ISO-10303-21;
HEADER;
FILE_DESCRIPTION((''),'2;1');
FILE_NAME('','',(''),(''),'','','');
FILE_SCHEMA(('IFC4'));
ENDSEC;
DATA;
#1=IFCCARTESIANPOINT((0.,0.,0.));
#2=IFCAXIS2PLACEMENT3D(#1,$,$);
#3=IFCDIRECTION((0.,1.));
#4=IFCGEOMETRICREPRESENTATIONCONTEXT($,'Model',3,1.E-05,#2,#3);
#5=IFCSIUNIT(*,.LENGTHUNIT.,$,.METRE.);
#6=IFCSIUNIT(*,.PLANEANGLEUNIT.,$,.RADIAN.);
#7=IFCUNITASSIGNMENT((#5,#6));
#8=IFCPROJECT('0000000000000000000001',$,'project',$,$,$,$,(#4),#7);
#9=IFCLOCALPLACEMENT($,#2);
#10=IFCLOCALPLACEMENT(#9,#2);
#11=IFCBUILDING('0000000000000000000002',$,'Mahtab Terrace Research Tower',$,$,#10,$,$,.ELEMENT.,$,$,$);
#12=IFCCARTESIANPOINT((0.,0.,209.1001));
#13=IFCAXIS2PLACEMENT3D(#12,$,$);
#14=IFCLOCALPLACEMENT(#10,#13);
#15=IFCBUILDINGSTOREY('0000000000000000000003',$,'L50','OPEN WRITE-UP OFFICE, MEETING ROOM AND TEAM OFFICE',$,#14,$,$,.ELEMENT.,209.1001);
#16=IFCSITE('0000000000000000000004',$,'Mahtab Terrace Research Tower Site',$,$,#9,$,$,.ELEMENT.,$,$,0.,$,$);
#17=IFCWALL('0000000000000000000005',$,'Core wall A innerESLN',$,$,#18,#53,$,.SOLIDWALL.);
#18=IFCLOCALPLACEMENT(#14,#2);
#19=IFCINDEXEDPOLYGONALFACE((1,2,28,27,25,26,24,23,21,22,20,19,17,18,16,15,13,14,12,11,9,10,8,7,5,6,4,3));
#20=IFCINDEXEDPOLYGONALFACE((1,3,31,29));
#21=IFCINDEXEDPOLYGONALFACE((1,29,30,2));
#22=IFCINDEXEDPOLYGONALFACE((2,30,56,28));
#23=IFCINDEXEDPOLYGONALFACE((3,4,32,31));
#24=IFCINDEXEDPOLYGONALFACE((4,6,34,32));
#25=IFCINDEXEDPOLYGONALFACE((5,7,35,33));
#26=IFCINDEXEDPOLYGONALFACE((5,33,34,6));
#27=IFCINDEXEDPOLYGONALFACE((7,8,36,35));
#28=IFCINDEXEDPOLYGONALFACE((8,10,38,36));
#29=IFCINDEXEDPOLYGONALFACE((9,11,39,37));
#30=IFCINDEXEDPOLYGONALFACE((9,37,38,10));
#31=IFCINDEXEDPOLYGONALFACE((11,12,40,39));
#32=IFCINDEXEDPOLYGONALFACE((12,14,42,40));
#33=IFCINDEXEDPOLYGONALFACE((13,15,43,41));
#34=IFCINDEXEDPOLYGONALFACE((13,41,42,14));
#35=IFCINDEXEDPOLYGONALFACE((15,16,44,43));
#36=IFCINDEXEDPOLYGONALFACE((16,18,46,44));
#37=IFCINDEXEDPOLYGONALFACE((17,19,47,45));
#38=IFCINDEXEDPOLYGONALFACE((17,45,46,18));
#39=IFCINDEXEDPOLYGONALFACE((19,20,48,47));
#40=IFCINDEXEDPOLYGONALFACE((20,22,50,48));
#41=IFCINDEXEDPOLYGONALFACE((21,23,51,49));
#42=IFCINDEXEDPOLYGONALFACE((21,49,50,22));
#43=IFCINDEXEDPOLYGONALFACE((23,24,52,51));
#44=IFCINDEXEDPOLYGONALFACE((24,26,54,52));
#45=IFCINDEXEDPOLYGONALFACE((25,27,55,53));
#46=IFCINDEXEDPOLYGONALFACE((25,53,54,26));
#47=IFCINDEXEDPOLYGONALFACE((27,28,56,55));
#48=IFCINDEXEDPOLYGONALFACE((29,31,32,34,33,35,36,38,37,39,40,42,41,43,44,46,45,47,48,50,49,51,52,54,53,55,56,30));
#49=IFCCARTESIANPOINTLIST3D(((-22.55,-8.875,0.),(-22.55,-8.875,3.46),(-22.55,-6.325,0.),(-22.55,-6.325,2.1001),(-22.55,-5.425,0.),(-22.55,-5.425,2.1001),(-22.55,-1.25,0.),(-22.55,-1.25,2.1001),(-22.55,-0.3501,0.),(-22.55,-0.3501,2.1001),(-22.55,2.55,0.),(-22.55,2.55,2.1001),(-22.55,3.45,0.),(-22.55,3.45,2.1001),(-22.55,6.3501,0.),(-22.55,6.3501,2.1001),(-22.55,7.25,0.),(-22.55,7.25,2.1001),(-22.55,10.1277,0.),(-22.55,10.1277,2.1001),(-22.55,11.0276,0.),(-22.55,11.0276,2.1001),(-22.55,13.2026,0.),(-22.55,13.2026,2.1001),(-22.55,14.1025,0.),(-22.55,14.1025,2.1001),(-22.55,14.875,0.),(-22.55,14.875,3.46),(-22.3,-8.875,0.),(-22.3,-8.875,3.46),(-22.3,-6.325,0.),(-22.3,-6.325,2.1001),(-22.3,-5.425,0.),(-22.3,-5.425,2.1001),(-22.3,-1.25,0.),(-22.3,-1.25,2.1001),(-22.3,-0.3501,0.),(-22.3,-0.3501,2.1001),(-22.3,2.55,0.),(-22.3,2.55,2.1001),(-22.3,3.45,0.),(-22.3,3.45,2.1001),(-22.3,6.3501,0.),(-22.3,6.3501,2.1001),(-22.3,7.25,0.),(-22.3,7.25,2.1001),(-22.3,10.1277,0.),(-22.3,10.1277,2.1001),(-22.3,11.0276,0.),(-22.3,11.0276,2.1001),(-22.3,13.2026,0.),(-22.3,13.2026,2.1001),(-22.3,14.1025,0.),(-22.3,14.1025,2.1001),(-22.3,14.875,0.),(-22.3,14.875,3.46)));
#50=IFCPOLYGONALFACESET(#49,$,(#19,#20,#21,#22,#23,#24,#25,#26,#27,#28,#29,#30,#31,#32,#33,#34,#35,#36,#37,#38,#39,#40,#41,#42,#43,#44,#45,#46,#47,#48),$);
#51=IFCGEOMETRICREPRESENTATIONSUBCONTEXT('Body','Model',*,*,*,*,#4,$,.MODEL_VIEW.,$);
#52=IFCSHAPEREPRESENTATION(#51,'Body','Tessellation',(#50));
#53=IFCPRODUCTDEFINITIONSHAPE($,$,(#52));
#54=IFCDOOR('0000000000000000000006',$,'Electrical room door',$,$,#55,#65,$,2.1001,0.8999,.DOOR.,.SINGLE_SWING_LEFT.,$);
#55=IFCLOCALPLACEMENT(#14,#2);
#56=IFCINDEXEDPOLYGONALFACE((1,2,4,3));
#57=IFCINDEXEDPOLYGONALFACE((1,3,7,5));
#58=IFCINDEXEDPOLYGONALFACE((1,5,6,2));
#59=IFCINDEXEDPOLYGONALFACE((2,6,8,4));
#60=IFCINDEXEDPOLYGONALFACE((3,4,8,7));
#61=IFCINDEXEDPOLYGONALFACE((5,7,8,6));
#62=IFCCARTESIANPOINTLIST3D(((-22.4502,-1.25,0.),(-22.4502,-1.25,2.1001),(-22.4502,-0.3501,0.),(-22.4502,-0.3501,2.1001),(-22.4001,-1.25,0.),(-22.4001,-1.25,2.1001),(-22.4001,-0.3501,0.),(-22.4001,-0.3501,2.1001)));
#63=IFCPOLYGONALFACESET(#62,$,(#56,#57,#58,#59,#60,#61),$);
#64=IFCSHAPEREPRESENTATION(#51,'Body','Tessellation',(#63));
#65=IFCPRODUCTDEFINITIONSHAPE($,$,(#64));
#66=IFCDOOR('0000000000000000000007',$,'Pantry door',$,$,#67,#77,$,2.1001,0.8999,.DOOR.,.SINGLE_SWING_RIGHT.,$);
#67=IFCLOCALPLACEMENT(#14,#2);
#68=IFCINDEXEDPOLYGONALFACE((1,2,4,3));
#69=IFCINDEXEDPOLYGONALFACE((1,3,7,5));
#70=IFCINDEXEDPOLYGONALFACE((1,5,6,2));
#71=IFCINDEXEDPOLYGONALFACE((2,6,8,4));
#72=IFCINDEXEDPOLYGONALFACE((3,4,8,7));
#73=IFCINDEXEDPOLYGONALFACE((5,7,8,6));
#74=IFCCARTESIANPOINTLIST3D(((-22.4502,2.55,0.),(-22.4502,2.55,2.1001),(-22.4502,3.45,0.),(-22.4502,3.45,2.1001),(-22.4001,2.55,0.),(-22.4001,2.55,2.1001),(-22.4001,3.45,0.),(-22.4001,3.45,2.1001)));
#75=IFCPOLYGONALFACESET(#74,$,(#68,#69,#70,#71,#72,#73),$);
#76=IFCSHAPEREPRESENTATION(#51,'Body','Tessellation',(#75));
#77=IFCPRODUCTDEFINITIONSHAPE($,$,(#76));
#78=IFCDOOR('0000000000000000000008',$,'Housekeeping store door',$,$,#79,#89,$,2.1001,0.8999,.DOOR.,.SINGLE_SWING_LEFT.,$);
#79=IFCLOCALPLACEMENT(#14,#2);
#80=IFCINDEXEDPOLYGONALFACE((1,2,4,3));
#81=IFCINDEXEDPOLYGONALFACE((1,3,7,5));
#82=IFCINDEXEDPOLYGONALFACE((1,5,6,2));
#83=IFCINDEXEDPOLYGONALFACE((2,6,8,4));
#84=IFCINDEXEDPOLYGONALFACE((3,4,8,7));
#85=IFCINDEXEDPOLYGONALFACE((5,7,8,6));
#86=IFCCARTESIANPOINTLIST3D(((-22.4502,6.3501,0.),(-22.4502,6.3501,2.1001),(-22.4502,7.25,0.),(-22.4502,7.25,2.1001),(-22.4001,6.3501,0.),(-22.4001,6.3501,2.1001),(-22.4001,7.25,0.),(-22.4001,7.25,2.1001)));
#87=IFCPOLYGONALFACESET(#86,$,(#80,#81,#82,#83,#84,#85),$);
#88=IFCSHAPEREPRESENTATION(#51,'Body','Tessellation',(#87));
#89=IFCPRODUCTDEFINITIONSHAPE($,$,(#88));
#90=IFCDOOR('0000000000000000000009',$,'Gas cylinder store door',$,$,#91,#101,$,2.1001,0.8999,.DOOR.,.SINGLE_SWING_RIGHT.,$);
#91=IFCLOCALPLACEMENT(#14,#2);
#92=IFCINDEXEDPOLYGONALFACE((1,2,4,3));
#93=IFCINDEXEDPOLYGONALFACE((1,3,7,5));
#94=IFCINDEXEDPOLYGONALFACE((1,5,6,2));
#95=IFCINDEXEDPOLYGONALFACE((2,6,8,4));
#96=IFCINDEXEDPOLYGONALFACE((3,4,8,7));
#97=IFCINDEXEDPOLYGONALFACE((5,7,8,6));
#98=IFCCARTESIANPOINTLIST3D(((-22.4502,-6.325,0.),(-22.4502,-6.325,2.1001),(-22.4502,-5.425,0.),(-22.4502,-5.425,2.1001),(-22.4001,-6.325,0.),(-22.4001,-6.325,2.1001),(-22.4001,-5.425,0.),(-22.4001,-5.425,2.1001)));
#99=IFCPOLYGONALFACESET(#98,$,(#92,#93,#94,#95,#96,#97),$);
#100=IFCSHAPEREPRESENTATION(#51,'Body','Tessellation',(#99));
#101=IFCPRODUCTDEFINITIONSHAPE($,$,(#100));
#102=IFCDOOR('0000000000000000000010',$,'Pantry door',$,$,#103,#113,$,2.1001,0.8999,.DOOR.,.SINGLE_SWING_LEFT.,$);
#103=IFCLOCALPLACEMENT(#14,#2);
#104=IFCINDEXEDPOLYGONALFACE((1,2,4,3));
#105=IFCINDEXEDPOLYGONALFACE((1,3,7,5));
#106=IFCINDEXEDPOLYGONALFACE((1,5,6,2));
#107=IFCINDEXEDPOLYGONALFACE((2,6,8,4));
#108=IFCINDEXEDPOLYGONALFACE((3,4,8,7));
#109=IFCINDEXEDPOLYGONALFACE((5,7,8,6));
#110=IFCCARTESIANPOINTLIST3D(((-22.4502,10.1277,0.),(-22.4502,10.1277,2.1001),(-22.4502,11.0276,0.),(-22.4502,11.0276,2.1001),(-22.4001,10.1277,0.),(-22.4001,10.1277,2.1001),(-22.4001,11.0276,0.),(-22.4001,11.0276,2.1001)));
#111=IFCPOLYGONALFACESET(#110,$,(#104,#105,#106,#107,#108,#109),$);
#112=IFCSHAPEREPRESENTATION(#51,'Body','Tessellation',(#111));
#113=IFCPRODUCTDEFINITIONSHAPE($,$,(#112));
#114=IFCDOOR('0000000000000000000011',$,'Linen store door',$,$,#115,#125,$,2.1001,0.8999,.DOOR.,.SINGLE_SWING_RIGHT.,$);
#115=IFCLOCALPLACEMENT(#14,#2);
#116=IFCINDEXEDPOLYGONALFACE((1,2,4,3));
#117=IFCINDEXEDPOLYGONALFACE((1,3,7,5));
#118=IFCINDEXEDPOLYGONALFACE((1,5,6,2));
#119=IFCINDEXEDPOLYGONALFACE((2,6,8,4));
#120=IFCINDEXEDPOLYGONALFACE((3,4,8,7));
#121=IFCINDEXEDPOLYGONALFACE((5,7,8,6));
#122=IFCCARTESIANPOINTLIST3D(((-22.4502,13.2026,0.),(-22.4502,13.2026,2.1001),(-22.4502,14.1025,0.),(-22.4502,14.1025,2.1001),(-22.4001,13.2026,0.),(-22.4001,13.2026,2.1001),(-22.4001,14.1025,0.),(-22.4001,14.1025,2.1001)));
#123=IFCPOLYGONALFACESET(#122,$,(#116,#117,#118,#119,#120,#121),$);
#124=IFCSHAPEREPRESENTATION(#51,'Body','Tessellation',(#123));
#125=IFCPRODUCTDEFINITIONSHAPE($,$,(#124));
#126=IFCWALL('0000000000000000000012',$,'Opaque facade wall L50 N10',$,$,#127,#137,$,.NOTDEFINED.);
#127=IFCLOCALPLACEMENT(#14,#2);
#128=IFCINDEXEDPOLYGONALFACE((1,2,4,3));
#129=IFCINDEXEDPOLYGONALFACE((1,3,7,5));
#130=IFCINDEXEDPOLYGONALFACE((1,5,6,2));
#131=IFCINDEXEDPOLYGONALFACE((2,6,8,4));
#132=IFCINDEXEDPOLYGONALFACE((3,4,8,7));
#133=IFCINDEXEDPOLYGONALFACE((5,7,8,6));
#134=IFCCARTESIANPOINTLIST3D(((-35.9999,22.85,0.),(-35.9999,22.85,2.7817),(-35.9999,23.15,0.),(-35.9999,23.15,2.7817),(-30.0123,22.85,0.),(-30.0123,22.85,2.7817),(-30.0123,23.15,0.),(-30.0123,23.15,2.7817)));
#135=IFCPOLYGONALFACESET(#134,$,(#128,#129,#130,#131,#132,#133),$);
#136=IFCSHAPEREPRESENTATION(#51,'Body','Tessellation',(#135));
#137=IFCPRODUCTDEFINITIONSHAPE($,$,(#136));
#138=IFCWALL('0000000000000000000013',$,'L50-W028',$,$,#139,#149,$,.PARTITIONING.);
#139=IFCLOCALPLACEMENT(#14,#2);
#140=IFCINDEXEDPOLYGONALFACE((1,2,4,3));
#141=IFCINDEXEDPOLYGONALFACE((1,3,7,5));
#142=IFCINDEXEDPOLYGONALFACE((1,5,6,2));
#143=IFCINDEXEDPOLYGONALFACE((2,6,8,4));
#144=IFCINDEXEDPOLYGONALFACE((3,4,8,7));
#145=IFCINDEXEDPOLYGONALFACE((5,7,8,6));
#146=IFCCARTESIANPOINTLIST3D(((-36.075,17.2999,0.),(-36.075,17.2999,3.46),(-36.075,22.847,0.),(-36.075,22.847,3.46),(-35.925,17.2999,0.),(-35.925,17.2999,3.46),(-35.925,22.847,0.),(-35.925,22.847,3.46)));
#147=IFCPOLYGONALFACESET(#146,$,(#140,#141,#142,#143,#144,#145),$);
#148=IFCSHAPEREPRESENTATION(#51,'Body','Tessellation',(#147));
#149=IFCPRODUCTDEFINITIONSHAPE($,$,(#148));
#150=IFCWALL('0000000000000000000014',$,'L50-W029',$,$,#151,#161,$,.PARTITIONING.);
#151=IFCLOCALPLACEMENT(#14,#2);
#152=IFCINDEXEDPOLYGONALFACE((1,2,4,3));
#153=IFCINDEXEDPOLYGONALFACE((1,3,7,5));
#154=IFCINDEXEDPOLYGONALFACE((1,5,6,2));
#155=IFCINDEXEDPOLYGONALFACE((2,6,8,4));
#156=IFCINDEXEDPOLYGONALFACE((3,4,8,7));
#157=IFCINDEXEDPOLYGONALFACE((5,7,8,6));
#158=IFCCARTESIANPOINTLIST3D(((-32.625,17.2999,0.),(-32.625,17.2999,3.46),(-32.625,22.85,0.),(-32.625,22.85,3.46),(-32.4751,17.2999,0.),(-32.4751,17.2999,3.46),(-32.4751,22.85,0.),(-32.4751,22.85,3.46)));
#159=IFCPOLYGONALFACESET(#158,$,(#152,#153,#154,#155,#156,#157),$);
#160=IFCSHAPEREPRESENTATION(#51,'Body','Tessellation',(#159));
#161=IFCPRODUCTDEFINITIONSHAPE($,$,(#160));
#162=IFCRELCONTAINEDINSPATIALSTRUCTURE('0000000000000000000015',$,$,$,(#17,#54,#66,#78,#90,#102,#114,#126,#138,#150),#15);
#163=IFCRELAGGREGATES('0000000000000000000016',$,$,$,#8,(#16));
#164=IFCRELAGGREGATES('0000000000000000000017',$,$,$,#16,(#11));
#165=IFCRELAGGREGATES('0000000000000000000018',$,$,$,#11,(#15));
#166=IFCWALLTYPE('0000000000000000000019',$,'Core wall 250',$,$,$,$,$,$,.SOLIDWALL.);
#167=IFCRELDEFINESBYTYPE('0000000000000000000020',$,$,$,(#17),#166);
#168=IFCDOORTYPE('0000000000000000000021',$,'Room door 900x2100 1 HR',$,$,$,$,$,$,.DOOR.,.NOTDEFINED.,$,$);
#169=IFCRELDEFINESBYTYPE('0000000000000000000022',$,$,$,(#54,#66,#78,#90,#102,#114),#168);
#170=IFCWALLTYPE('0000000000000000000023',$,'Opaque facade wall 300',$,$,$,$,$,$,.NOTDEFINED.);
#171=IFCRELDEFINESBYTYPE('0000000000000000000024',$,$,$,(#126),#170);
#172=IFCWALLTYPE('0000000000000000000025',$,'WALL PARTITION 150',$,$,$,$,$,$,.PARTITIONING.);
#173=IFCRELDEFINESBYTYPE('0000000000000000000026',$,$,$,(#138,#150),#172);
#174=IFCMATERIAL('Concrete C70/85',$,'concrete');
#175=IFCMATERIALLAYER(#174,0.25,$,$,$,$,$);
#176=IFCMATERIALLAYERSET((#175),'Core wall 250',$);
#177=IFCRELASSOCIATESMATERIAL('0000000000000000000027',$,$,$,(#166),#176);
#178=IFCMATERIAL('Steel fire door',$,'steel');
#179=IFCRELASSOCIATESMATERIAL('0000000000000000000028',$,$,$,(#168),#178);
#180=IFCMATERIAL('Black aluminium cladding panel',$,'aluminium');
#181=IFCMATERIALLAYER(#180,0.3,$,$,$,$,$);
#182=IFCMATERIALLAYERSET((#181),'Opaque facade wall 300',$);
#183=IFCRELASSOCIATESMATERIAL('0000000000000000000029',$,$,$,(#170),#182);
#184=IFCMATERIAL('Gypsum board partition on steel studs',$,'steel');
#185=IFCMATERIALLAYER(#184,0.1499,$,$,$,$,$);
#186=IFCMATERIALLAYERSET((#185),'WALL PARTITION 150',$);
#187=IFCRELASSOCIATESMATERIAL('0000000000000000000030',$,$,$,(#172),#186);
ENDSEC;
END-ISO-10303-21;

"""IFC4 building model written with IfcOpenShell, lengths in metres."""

from ifc_helpers import new_model, si_unit, direction, frame, frame_2d, origin, place, context, subcontext, project, spatial, rectangle, extrude, material, layer, layer_set, type_object, element, fill, save


model = new_model("IFC4")

# Units and contexts
model_context = context("Model", 3, precision=1e-05, world=origin(), true_north=direction((0.0, 1.0)))
body_context = subcontext(model_context, "Body", "Model", "MODEL_VIEW")
ifc_project = project(units=[si_unit("LENGTHUNIT", "METRE"), si_unit("PLANEANGLEUNIT", "RADIAN")], contexts=[model_context])

# Site, building, storey
site_placement = place(None, origin())
site = spatial("IfcSite", under=ifc_project, at=site_placement, Name="Mahtab Terrace Research Tower Site", CompositionType="ELEMENT", RefElevation=0.0)
building_placement = place(site_placement, origin())
building = spatial("IfcBuilding", under=site, at=building_placement, Name="Mahtab Terrace Research Tower", CompositionType="ELEMENT")
storey_placement = place(building_placement, frame((0.0, 0.0, 209.1001)))
storey = spatial("IfcBuildingStorey", under=building, at=storey_placement, Name="L50", Description="OPEN WRITE-UP OFFICE, MEETING ROOM AND TEAM OFFICE", CompositionType="ELEMENT", Elevation=209.1001)

# Shared definitions
ifc_material_1 = material(Name="Concrete C70/85", Category="concrete")
ifc_layer_1 = layer(ifc_material_1, 0.25)
ifc_layer_set_1 = layer_set([ifc_layer_1], Name="Core wall 250")
wall_type_1 = type_object("IfcWallType", Name="Core wall 250", PredefinedType="SOLIDWALL", material=ifc_layer_set_1)

# Shared definitions
ifc_material_2 = material(Name="Steel fire door", Category="steel")

# Wall, openings, doors
wall_1_placement = place(storey_placement, frame((-22.425, 14.875, 0.0), z_axis=(0.0, 0.0, 1.0), x_axis=(0.0, -1.0, 0.0)))
wall_1 = element("IfcWall", 1, at=wall_1_placement, inside=storey, type_object=wall_type_1, Name="Core wall A innerESLN", PredefinedType="SOLIDWALL", context=body_context, shape_type="SweptSolid", body=[
    extrude(rectangle(XDim=23.75, YDim=0.25, at=frame_2d((11.875, 0.0))), origin(), (0.0, 0.0, 1.0), 3.46),
])
opening_1_placement = place(wall_1_placement, frame((15.2251, 0.0, 0.0)))
opening_1 = element("IfcOpeningElement", 2, at=opening_1_placement, cuts=wall_1, PredefinedType="OPENING", context=body_context, shape_type="SweptSolid", body=[
    extrude(rectangle(XDim=0.8999, YDim=2.1001, at=frame_2d((0.45, 1.05))), frame((0.0, 0.135, 0.0), z_axis=(0.0, -1.0, 0.0), x_axis=(1.0, 0.0, 0.0)), (0.0, 0.0, 1.0), 0.27),
])
opening_2_placement = place(wall_1_placement, frame((11.425, 0.0, 0.0)))
opening_2 = element("IfcOpeningElement", 3, at=opening_2_placement, cuts=wall_1, PredefinedType="OPENING", context=body_context, shape_type="SweptSolid", body=[
    extrude(rectangle(XDim=0.8999, YDim=2.1001, at=frame_2d((0.45, 1.05))), frame((0.0, 0.135, 0.0), z_axis=(0.0, -1.0, 0.0), x_axis=(1.0, 0.0, 0.0)), (0.0, 0.0, 1.0), 0.27),
])
opening_3_placement = place(wall_1_placement, frame((7.625, 0.0, 0.0)))
opening_3 = element("IfcOpeningElement", 4, at=opening_3_placement, cuts=wall_1, PredefinedType="OPENING", context=body_context, shape_type="SweptSolid", body=[
    extrude(rectangle(XDim=0.8999, YDim=2.1001, at=frame_2d((0.45, 1.05))), frame((0.0, 0.135, 0.0), z_axis=(0.0, -1.0, 0.0), x_axis=(1.0, 0.0, 0.0)), (0.0, 0.0, 1.0), 0.27),
])
opening_4_placement = place(wall_1_placement, frame((20.3, 0.0, 0.0)))
opening_4 = element("IfcOpeningElement", 5, at=opening_4_placement, cuts=wall_1, PredefinedType="OPENING", context=body_context, shape_type="SweptSolid", body=[
    extrude(rectangle(XDim=0.8999, YDim=2.1001, at=frame_2d((0.45, 1.05))), frame((0.0, 0.135, 0.0), z_axis=(0.0, -1.0, 0.0), x_axis=(1.0, 0.0, 0.0)), (0.0, 0.0, 1.0), 0.27),
])
opening_5_placement = place(wall_1_placement, frame((3.8474, 0.0, 0.0)))
opening_5 = element("IfcOpeningElement", 6, at=opening_5_placement, cuts=wall_1, PredefinedType="OPENING", context=body_context, shape_type="SweptSolid", body=[
    extrude(rectangle(XDim=0.8999, YDim=2.1001, at=frame_2d((0.45, 1.05))), frame((0.0, 0.135, 0.0), z_axis=(0.0, -1.0, 0.0), x_axis=(1.0, 0.0, 0.0)), (0.0, 0.0, 1.0), 0.27),
])
opening_6_placement = place(wall_1_placement, frame((0.7725, 0.0, 0.0)))
opening_6 = element("IfcOpeningElement", 7, at=opening_6_placement, cuts=wall_1, PredefinedType="OPENING", context=body_context, shape_type="SweptSolid", body=[
    extrude(rectangle(XDim=0.8999, YDim=2.1001, at=frame_2d((0.45, 1.05))), frame((0.0, 0.135, 0.0), z_axis=(0.0, -1.0, 0.0), x_axis=(1.0, 0.0, 0.0)), (0.0, 0.0, 1.0), 0.27),
])
door_type_1 = type_object("IfcDoorType", Name="Room door 900x2100 1 HR", OperationType="NOTDEFINED", PredefinedType="DOOR", material=ifc_material_2)
door_1_placement = place(opening_1_placement, origin())
door_1 = element("IfcDoor", 8, at=door_1_placement, inside=storey, type_object=door_type_1, Name="Electrical room door", OperationType="SINGLE_SWING_LEFT", OverallHeight=2.1001, OverallWidth=0.8999, PredefinedType="DOOR", context=body_context, shape_type="SweptSolid", body=[
    extrude(rectangle(XDim=0.8999, YDim=2.1001, at=frame_2d((0.45, 1.05))), frame((0.0, 0.0249, 0.0), z_axis=(0.0, -1.0, 0.0), x_axis=(1.0, 0.0, 0.0)), (0.0, 0.0, 1.0), 0.05),
])
fill(opening_1, door_1)
door_2_placement = place(opening_2_placement, origin())
door_2 = element("IfcDoor", 9, at=door_2_placement, inside=storey, type_object=door_type_1, Name="Pantry door", OperationType="SINGLE_SWING_RIGHT", OverallHeight=2.1001, OverallWidth=0.8999, PredefinedType="DOOR", context=body_context, shape_type="SweptSolid", body=[
    extrude(rectangle(XDim=0.8999, YDim=2.1001, at=frame_2d((0.45, 1.05))), frame((0.0, 0.0249, 0.0), z_axis=(0.0, -1.0, 0.0), x_axis=(1.0, 0.0, 0.0)), (0.0, 0.0, 1.0), 0.05),
])
fill(opening_2, door_2)
door_3_placement = place(opening_3_placement, origin())
door_3 = element("IfcDoor", 10, at=door_3_placement, inside=storey, type_object=door_type_1, Name="Housekeeping store door", OperationType="SINGLE_SWING_LEFT", OverallHeight=2.1001, OverallWidth=0.8999, PredefinedType="DOOR", context=body_context, shape_type="SweptSolid", body=[
    extrude(rectangle(XDim=0.8999, YDim=2.1001, at=frame_2d((0.45, 1.05))), frame((0.0, 0.0249, 0.0), z_axis=(0.0, -1.0, 0.0), x_axis=(1.0, 0.0, 0.0)), (0.0, 0.0, 1.0), 0.05),
])
fill(opening_3, door_3)
door_4_placement = place(opening_4_placement, origin())
door_4 = element("IfcDoor", 11, at=door_4_placement, inside=storey, type_object=door_type_1, Name="Gas cylinder store door", OperationType="SINGLE_SWING_RIGHT", OverallHeight=2.1001, OverallWidth=0.8999, PredefinedType="DOOR", context=body_context, shape_type="SweptSolid", body=[
    extrude(rectangle(XDim=0.8999, YDim=2.1001, at=frame_2d((0.45, 1.05))), frame((0.0, 0.0249, 0.0), z_axis=(0.0, -1.0, 0.0), x_axis=(1.0, 0.0, 0.0)), (0.0, 0.0, 1.0), 0.05),
])
fill(opening_4, door_4)
door_5_placement = place(opening_5_placement, origin())
door_5 = element("IfcDoor", 12, at=door_5_placement, inside=storey, type_object=door_type_1, Name="Pantry door", OperationType="SINGLE_SWING_LEFT", OverallHeight=2.1001, OverallWidth=0.8999, PredefinedType="DOOR", context=body_context, shape_type="SweptSolid", body=[
    extrude(rectangle(XDim=0.8999, YDim=2.1001, at=frame_2d((0.45, 1.05))), frame((0.0, 0.0249, 0.0), z_axis=(0.0, -1.0, 0.0), x_axis=(1.0, 0.0, 0.0)), (0.0, 0.0, 1.0), 0.05),
])
fill(opening_5, door_5)
door_6_placement = place(opening_6_placement, origin())
door_6 = element("IfcDoor", 13, at=door_6_placement, inside=storey, type_object=door_type_1, Name="Linen store door", OperationType="SINGLE_SWING_RIGHT", OverallHeight=2.1001, OverallWidth=0.8999, PredefinedType="DOOR", context=body_context, shape_type="SweptSolid", body=[
    extrude(rectangle(XDim=0.8999, YDim=2.1001, at=frame_2d((0.45, 1.05))), frame((0.0, 0.0249, 0.0), z_axis=(0.0, -1.0, 0.0), x_axis=(1.0, 0.0, 0.0)), (0.0, 0.0, 1.0), 0.05),
])
fill(opening_6, door_6)

# Walls
ifc_material_3 = material(Name="Black aluminium cladding panel", Category="aluminium")
ifc_layer_2 = layer(ifc_material_3, 0.3)
ifc_layer_set_2 = layer_set([ifc_layer_2], Name="Opaque facade wall 300")
wall_type_2 = type_object("IfcWallType", Name="Opaque facade wall 300", PredefinedType="NOTDEFINED", material=ifc_layer_set_2)
wall_2_placement = place(storey_placement, frame((-30.0125, 23.0, 0.0), z_axis=(0.0, 0.0, 1.0), x_axis=(-1.0, 0.0, 0.0)))
element("IfcWall", 14, at=wall_2_placement, inside=storey, type_object=wall_type_2, Name="Opaque facade wall L50 N10", PredefinedType="NOTDEFINED", context=body_context, shape_type="SweptSolid", body=[
    extrude(rectangle(XDim=5.9875, YDim=0.3, at=frame_2d((2.9937, 0.0))), origin(), (0.0, 0.0, 1.0), 2.7817),
])
ifc_material_4 = material(Name="Gypsum board partition on steel studs", Category="steel")
ifc_layer_3 = layer(ifc_material_4, 0.1499)
ifc_layer_set_3 = layer_set([ifc_layer_3], Name="WALL PARTITION 150")
wall_type_3 = type_object("IfcWallType", Name="WALL PARTITION 150", PredefinedType="PARTITIONING", material=ifc_layer_set_3)
wall_3_placement = place(storey_placement, frame((-36.0, 17.3, 0.0), z_axis=(0.0, 0.0, 1.0), x_axis=(0.0, 1.0, 0.0)))
element("IfcWall", 15, at=wall_3_placement, inside=storey, type_object=wall_type_3, Name="L50-W028", PredefinedType="PARTITIONING", context=body_context, shape_type="SweptSolid", body=[
    extrude(rectangle(XDim=5.5471, YDim=0.1499, at=frame_2d((2.7734, 0.0))), origin(), (0.0, 0.0, 1.0), 3.46),
])
for number, where, z_axis, x_axis, name in (
    (16, (-32.55, 17.3, 0.0), (0.0, 0.0, 1.0), (0.0, 1.0, 0.0), "L50-W029"),
):
    element("IfcWall", number, at=place(storey_placement, frame(where, z_axis=z_axis, x_axis=x_axis)), inside=storey, type_object=wall_type_3, Name=name, PredefinedType="PARTITIONING", context=body_context, shape_type="SweptSolid", body=[
        extrude(rectangle(XDim=5.55, YDim=0.1499, at=frame_2d((2.7749, 0.0))), origin(), (0.0, 0.0, 1.0), 3.46),
    ])

save(model, "model.ifc")
